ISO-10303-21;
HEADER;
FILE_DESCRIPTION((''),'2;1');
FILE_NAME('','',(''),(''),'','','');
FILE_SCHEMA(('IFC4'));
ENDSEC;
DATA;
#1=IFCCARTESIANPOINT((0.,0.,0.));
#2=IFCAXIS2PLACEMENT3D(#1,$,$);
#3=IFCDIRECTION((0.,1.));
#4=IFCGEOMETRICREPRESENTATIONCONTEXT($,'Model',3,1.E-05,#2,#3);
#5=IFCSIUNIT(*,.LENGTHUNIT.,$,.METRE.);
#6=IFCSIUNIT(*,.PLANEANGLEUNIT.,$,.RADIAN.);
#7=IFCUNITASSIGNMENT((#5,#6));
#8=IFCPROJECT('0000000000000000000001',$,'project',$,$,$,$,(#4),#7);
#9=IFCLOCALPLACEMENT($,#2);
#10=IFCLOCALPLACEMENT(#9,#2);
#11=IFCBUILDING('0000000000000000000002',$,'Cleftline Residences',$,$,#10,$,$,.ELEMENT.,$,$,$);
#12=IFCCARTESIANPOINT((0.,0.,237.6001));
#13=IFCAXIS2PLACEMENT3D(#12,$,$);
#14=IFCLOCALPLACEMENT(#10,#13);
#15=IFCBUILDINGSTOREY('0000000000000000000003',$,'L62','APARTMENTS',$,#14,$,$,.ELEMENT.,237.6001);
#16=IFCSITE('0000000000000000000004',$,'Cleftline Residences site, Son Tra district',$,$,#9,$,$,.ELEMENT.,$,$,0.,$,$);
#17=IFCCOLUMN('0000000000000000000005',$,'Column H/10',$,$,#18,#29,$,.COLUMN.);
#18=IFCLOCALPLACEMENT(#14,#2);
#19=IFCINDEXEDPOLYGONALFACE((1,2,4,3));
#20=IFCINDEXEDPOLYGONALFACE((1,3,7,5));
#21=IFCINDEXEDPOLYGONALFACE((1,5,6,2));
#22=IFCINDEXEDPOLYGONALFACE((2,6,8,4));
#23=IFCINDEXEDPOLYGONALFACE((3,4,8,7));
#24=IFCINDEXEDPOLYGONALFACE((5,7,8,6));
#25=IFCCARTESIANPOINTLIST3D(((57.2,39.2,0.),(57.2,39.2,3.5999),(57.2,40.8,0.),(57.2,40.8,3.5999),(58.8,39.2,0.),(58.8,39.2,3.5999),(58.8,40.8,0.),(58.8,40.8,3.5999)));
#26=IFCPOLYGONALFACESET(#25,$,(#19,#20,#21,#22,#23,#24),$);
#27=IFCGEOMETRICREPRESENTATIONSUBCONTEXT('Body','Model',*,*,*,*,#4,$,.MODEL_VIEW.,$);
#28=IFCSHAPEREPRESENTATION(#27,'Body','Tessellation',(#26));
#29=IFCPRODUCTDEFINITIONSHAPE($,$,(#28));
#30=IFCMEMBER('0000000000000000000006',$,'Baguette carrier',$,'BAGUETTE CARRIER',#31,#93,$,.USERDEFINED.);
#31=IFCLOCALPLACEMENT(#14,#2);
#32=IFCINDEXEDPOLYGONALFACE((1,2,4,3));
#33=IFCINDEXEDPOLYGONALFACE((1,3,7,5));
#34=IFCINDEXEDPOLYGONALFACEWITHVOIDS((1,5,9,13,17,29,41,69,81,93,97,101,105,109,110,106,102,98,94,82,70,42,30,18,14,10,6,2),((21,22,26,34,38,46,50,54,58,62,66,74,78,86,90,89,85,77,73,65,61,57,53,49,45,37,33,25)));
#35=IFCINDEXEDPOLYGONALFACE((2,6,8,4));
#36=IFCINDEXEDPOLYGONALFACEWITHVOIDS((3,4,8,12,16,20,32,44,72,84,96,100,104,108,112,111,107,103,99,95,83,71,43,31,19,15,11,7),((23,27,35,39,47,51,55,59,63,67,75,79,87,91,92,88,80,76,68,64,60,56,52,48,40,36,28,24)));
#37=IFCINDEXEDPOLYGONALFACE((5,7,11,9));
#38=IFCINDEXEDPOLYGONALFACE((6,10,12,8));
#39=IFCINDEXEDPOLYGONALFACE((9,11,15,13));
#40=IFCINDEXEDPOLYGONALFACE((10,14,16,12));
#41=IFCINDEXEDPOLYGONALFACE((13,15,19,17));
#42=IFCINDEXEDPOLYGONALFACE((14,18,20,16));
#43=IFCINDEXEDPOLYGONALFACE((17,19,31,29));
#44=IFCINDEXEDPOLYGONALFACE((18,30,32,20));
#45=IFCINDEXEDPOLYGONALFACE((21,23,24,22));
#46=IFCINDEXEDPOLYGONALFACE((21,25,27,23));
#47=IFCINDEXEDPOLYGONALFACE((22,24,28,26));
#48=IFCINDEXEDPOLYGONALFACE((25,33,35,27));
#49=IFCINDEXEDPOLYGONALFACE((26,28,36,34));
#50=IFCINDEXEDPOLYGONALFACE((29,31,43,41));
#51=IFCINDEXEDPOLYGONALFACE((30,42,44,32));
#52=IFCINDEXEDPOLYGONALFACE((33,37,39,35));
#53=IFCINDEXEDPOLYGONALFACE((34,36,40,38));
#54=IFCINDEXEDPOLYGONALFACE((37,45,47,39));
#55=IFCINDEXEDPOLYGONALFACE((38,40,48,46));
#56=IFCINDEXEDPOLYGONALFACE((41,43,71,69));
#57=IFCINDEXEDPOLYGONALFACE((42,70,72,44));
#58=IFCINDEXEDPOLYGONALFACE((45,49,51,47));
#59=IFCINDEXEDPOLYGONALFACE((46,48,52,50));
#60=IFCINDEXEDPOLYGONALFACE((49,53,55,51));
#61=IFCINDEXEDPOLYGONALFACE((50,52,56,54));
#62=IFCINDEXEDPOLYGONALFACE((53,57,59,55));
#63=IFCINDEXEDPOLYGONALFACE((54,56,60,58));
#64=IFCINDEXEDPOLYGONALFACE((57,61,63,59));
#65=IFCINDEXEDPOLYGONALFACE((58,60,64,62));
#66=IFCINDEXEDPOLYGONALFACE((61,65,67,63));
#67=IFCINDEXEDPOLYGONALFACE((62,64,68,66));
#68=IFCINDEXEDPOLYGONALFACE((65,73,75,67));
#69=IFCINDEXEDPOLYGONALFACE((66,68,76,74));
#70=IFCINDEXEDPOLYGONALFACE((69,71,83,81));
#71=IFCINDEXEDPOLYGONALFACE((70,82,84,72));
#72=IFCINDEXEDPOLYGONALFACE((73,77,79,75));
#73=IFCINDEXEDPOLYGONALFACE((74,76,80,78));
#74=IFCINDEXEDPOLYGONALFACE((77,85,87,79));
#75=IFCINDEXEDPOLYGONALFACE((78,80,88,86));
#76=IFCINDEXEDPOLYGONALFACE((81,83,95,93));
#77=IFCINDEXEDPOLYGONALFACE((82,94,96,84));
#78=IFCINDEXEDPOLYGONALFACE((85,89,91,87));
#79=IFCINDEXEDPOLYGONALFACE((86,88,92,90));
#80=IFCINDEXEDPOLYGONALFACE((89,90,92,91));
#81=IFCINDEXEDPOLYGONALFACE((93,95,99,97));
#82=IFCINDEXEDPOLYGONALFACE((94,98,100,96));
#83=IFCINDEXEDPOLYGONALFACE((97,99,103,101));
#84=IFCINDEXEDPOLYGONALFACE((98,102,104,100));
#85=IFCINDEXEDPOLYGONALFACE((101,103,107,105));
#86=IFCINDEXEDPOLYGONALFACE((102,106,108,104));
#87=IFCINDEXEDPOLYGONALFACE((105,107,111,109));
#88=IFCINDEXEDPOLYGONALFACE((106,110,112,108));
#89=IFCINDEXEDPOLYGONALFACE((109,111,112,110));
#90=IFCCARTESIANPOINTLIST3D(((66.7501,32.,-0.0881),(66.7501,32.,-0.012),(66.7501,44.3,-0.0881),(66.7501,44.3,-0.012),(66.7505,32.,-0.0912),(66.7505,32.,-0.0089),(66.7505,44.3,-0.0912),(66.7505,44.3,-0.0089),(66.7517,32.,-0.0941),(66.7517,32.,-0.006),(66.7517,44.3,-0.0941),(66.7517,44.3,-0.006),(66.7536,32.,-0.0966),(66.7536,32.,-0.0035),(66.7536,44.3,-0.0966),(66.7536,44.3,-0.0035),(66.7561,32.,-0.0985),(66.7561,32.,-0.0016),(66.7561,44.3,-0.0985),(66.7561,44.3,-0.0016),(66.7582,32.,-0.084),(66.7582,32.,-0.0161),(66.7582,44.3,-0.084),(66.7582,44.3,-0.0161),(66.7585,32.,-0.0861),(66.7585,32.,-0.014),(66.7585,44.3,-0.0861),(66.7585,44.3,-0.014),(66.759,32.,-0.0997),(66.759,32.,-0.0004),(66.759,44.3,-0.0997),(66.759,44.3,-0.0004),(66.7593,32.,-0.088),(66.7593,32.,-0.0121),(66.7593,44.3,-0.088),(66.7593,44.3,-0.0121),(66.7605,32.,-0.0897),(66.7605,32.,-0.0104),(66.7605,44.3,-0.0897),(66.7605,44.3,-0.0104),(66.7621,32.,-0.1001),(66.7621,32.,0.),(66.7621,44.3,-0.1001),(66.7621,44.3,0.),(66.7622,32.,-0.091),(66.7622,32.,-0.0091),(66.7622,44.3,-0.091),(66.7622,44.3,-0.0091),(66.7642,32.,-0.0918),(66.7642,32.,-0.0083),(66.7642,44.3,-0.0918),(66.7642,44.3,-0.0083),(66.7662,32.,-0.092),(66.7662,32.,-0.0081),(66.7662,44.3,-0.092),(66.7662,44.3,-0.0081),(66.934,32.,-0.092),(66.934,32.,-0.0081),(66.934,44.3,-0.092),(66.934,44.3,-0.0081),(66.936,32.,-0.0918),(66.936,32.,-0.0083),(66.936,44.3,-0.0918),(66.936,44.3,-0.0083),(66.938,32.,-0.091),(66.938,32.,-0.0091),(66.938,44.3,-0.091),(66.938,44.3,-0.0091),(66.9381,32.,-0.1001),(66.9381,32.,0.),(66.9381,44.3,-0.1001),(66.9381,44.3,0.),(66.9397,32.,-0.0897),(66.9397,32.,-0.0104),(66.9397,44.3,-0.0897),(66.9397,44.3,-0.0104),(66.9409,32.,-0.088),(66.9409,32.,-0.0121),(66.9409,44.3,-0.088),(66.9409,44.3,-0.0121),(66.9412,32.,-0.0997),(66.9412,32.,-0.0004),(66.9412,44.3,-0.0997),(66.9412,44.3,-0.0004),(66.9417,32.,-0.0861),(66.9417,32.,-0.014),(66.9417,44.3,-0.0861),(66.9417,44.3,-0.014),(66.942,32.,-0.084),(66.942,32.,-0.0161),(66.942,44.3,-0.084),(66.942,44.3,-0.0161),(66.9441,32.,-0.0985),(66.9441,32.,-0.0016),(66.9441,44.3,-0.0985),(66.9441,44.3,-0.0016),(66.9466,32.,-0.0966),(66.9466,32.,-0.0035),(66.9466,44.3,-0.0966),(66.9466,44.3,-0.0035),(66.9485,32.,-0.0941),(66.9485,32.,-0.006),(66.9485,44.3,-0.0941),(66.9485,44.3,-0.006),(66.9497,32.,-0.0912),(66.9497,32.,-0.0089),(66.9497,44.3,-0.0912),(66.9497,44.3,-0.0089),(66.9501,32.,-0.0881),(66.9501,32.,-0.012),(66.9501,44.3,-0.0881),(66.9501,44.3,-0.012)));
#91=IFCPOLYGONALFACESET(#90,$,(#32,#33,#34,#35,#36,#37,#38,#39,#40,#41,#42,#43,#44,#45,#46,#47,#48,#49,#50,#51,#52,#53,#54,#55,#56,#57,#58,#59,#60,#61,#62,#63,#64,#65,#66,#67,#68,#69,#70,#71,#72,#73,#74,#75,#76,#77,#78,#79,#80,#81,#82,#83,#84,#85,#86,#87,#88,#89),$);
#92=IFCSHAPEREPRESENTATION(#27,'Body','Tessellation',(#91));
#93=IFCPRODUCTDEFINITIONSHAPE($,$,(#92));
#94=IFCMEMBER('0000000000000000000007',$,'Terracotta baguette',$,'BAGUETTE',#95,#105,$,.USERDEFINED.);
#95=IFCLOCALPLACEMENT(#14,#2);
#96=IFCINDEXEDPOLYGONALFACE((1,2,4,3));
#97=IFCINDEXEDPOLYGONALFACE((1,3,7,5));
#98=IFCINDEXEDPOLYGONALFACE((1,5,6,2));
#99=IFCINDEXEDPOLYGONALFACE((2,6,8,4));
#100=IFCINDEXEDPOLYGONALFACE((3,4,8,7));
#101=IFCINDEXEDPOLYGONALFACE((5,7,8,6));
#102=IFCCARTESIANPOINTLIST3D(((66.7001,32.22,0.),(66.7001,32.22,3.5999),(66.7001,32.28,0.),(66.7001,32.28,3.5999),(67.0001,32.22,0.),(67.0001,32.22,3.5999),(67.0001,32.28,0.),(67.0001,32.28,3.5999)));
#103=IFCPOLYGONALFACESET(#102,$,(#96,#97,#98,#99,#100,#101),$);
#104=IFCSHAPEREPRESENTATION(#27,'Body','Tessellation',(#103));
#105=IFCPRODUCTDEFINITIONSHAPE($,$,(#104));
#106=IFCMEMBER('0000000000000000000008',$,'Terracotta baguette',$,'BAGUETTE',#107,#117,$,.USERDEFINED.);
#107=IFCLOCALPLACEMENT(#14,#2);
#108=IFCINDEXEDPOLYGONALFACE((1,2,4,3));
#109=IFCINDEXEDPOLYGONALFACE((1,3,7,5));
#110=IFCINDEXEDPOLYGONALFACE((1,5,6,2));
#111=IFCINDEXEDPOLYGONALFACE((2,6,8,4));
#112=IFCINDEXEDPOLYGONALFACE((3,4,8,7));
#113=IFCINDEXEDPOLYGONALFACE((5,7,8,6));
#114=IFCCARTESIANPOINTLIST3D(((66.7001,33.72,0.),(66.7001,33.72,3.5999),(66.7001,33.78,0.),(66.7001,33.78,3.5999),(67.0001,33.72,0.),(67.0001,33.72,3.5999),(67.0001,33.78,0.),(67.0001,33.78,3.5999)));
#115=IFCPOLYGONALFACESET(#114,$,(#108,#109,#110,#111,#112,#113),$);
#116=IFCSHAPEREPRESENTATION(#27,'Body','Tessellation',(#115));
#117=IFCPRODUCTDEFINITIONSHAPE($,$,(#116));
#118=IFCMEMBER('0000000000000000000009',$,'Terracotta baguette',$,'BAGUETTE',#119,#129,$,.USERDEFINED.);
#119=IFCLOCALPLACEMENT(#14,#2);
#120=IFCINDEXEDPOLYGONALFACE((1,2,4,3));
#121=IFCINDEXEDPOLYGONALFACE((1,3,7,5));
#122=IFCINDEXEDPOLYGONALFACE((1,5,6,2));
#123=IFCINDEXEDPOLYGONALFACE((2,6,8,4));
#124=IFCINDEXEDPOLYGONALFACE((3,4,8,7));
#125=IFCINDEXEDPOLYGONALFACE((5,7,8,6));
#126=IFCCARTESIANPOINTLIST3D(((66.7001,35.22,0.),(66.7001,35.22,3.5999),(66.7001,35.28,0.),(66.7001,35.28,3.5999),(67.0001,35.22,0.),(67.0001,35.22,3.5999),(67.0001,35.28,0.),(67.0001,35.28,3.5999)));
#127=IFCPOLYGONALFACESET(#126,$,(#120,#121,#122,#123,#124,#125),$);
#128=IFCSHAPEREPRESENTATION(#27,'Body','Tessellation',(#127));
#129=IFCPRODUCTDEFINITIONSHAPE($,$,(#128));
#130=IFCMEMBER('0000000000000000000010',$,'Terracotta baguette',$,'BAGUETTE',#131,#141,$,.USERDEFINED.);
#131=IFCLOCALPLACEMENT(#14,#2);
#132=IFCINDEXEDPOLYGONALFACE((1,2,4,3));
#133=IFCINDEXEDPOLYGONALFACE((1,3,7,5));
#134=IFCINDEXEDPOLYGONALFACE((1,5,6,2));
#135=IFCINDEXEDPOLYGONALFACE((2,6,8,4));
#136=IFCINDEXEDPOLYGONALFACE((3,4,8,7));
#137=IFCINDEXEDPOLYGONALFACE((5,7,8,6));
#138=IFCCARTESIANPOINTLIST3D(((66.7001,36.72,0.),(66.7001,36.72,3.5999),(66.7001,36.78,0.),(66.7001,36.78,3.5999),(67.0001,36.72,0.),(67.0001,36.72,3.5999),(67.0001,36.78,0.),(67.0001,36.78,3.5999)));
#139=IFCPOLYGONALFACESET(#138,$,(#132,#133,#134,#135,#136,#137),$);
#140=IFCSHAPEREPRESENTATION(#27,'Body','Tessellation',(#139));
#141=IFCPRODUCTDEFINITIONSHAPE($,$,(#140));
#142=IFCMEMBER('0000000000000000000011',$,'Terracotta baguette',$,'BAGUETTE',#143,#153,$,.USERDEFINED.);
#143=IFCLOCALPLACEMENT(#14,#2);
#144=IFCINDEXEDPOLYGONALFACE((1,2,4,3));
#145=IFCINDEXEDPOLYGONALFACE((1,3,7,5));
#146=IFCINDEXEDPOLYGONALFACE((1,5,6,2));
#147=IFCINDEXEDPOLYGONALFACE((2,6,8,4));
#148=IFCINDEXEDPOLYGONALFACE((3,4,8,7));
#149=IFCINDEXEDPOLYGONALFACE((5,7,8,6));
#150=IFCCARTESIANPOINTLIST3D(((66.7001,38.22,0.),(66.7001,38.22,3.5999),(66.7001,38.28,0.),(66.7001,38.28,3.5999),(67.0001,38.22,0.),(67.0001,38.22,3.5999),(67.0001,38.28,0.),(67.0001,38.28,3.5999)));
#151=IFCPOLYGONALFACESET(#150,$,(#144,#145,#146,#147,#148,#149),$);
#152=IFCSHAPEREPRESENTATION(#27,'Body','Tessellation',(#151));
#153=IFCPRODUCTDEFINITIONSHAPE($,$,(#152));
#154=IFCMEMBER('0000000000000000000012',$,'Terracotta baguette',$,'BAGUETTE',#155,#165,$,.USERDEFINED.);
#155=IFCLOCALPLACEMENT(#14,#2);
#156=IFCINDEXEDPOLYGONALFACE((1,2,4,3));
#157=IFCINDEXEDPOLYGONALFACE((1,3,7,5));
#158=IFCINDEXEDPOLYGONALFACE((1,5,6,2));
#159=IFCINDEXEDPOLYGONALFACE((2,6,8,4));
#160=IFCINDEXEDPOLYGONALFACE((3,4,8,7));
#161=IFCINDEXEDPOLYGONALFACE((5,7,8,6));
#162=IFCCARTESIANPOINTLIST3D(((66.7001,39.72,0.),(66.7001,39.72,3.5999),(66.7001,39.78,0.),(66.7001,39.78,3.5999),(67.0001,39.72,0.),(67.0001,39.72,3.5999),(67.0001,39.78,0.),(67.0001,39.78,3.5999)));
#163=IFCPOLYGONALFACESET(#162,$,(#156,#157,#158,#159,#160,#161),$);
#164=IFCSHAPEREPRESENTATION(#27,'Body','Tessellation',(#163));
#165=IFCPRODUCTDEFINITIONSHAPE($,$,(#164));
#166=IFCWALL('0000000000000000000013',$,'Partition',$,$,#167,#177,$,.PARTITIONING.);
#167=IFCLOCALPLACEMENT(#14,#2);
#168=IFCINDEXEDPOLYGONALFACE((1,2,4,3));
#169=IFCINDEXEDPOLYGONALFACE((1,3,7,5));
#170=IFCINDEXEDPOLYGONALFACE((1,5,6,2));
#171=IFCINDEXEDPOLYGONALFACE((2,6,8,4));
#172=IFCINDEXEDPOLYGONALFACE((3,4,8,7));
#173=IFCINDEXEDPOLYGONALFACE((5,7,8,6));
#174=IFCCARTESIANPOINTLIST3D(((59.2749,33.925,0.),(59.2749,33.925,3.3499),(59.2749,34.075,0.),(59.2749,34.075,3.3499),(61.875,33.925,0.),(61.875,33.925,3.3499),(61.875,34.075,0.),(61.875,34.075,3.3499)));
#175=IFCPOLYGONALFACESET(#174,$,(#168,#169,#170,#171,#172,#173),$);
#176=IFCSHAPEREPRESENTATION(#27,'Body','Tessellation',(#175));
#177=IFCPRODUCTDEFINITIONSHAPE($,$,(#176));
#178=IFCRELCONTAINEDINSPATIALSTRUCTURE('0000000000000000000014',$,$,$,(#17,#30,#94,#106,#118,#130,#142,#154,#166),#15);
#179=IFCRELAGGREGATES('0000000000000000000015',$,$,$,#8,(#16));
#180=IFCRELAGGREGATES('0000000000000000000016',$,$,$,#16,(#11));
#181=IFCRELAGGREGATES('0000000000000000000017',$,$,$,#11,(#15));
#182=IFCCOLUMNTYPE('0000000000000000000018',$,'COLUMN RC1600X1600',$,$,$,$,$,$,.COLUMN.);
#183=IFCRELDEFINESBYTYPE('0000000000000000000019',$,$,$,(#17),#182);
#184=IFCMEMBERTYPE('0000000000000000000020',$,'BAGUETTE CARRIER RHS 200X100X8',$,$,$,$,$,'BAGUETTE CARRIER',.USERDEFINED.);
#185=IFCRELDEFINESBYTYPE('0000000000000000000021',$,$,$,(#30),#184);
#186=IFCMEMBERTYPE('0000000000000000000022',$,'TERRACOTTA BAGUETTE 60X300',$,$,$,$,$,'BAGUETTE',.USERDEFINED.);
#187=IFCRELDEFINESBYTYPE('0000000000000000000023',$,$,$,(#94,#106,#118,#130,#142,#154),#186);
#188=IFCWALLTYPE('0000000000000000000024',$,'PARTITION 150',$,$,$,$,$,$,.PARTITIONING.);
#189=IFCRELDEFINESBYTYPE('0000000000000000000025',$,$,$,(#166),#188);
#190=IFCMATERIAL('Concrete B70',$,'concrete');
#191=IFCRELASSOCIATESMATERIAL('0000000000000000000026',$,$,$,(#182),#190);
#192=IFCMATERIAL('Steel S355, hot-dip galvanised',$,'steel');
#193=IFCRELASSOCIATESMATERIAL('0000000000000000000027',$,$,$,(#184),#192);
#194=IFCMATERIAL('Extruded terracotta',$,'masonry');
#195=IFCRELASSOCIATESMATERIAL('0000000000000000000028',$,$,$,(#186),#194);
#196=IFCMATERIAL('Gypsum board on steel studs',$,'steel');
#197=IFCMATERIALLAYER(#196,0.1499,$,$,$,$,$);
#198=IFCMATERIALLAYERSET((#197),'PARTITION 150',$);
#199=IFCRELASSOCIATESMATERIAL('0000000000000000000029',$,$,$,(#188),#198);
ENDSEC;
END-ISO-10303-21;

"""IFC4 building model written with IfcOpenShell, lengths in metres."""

from ifc_helpers import new_model, si_unit, direction, frame, frame_2d, origin, origin_2d, place, context, subcontext, project, spatial, rectangle, hollow_rectangle, extrude, material, layer, layer_set, material_profile, profile_set, type_object, element, save


model = new_model("IFC4")

# Units and contexts
model_context = context("Model", 3, precision=1e-05, world=origin(), true_north=direction((0.0, 1.0)))
body_context = subcontext(model_context, "Body", "Model", "MODEL_VIEW")
ifc_project = project(units=[si_unit("LENGTHUNIT", "METRE"), si_unit("PLANEANGLEUNIT", "RADIAN")], contexts=[model_context])

# Site, building, storey
site_placement = place(None, origin())
site = spatial("IfcSite", under=ifc_project, at=site_placement, Name="Cleftline Residences site, Son Tra district", CompositionType="ELEMENT", RefElevation=0.0)
building_placement = place(site_placement, origin())
building = spatial("IfcBuilding", under=site, at=building_placement, Name="Cleftline Residences", CompositionType="ELEMENT")
storey_placement = place(building_placement, frame((0.0, 0.0, 237.6001)))
storey = spatial("IfcBuildingStorey", under=building, at=storey_placement, Name="L62", Description="APARTMENTS", CompositionType="ELEMENT", Elevation=237.6001)

# Column
ifc_material_1 = material(Name="Concrete B70", Category="concrete")
ifc_material_profile_1 = material_profile(ifc_material_1, rectangle(XDim=1.6001, YDim=1.6001, at=origin_2d()))
ifc_profile_set_1 = profile_set([ifc_material_profile_1], Name="Concrete B70")
column_type = type_object("IfcColumnType", Name="COLUMN RC1600X1600", PredefinedType="COLUMN", material=ifc_profile_set_1)
column_placement = place(storey_placement, frame((58.0, 40.0, 0.0), z_axis=(0.0, 0.0, 1.0), x_axis=(1.0, 0.0, 0.0)))
element("IfcColumn", 1, at=column_placement, inside=storey, type_object=column_type, Name="Column H/10", PredefinedType="COLUMN", context=body_context, shape_type="SweptSolid", body=[
    extrude(rectangle(XDim=1.6001, YDim=1.6001, at=origin_2d()), origin(), (0.0, 0.0, 1.0), 3.5999),
])

# Members
ifc_material_2 = material(Name="Steel S355, hot-dip galvanised", Category="steel")
ifc_material_profile_2 = material_profile(ifc_material_2, hollow_rectangle(XDim=0.1001, YDim=0.2, WallThickness=0.0081, InnerFilletRadius=0.0081, OuterFilletRadius=0.012, at=origin_2d()))
ifc_profile_set_2 = profile_set([ifc_material_profile_2], Name="Steel S355, hot-dip galvanised")
member_type_1 = type_object("IfcMemberType", Name="BAGUETTE CARRIER RHS 200X100X8", ElementType="BAGUETTE CARRIER", PredefinedType="USERDEFINED", material=ifc_profile_set_2)
member_placement = place(storey_placement, frame((66.8501, 32.0, -0.05), z_axis=(0.0, 1.0, 0.0), x_axis=(0.0, 0.0, 1.0)))
element("IfcMember", 2, at=member_placement, inside=storey, type_object=member_type_1, Name="Baguette carrier", ObjectType="BAGUETTE CARRIER", PredefinedType="USERDEFINED", context=body_context, shape_type="SweptSolid", body=[
    extrude(hollow_rectangle(XDim=0.1001, YDim=0.2, WallThickness=0.0081, InnerFilletRadius=0.0081, OuterFilletRadius=0.012, at=origin_2d()), origin(), (0.0, 0.0, 1.0), 12.3),
])
ifc_material_3 = material(Name="Extruded terracotta", Category="masonry")
ifc_material_profile_3 = material_profile(ifc_material_3, rectangle(XDim=0.0601, YDim=0.3, at=origin_2d()))
ifc_profile_set_3 = profile_set([ifc_material_profile_3], Name="Extruded terracotta")
member_type_2 = type_object("IfcMemberType", Name="TERRACOTTA BAGUETTE 60X300", ElementType="BAGUETTE", PredefinedType="USERDEFINED", material=ifc_profile_set_3)
for number, where, z_axis, x_axis, name in (
    (3, (66.8501, 32.25, 0.0), (0.0, 0.0, 1.0), (0.0, 1.0, 0.0), "Terracotta baguette"),
    (4, (66.8501, 33.75, 0.0), (0.0, 0.0, 1.0), (0.0, 1.0, 0.0), "Terracotta baguette"),
    (5, (66.8501, 35.25, 0.0), (0.0, 0.0, 1.0), (0.0, 1.0, 0.0), "Terracotta baguette"),
    (6, (66.8501, 36.75, 0.0), (0.0, 0.0, 1.0), (0.0, 1.0, 0.0), "Terracotta baguette"),
    (7, (66.8501, 38.25, 0.0), (0.0, 0.0, 1.0), (0.0, 1.0, 0.0), "Terracotta baguette"),
    (8, (66.8501, 39.75, 0.0), (0.0, 0.0, 1.0), (0.0, 1.0, 0.0), "Terracotta baguette"),
):
    element("IfcMember", number, at=place(storey_placement, frame(where, z_axis=z_axis, x_axis=x_axis)), inside=storey, type_object=member_type_2, Name=name, ObjectType="BAGUETTE", PredefinedType="USERDEFINED", context=body_context, shape_type="SweptSolid", body=[
        extrude(rectangle(XDim=0.0601, YDim=0.3, at=origin_2d()), origin(), (0.0, 0.0, 1.0), 3.5999),
    ])

# Wall
ifc_material_4 = material(Name="Gypsum board on steel studs", Category="steel")
ifc_layer = layer(ifc_material_4, 0.1499)
ifc_layer_set = layer_set([ifc_layer], Name="PARTITION 150")
wall_type = type_object("IfcWallType", Name="PARTITION 150", PredefinedType="PARTITIONING", material=ifc_layer_set)
wall_1_placement = place(storey_placement, frame((59.2749, 34.0, 0.0), z_axis=(0.0, 0.0, 1.0), x_axis=(1.0, 0.0, 0.0)))
element("IfcWall", 9, at=wall_1_placement, inside=storey, type_object=wall_type, Name="Partition", PredefinedType="PARTITIONING", context=body_context, shape_type="SweptSolid", body=[
    extrude(rectangle(XDim=2.6001, YDim=0.1499, at=frame_2d((1.3, 0.0))), origin(), (0.0, 0.0, 1.0), 3.3499),
])

save(model, "model.ifc")
